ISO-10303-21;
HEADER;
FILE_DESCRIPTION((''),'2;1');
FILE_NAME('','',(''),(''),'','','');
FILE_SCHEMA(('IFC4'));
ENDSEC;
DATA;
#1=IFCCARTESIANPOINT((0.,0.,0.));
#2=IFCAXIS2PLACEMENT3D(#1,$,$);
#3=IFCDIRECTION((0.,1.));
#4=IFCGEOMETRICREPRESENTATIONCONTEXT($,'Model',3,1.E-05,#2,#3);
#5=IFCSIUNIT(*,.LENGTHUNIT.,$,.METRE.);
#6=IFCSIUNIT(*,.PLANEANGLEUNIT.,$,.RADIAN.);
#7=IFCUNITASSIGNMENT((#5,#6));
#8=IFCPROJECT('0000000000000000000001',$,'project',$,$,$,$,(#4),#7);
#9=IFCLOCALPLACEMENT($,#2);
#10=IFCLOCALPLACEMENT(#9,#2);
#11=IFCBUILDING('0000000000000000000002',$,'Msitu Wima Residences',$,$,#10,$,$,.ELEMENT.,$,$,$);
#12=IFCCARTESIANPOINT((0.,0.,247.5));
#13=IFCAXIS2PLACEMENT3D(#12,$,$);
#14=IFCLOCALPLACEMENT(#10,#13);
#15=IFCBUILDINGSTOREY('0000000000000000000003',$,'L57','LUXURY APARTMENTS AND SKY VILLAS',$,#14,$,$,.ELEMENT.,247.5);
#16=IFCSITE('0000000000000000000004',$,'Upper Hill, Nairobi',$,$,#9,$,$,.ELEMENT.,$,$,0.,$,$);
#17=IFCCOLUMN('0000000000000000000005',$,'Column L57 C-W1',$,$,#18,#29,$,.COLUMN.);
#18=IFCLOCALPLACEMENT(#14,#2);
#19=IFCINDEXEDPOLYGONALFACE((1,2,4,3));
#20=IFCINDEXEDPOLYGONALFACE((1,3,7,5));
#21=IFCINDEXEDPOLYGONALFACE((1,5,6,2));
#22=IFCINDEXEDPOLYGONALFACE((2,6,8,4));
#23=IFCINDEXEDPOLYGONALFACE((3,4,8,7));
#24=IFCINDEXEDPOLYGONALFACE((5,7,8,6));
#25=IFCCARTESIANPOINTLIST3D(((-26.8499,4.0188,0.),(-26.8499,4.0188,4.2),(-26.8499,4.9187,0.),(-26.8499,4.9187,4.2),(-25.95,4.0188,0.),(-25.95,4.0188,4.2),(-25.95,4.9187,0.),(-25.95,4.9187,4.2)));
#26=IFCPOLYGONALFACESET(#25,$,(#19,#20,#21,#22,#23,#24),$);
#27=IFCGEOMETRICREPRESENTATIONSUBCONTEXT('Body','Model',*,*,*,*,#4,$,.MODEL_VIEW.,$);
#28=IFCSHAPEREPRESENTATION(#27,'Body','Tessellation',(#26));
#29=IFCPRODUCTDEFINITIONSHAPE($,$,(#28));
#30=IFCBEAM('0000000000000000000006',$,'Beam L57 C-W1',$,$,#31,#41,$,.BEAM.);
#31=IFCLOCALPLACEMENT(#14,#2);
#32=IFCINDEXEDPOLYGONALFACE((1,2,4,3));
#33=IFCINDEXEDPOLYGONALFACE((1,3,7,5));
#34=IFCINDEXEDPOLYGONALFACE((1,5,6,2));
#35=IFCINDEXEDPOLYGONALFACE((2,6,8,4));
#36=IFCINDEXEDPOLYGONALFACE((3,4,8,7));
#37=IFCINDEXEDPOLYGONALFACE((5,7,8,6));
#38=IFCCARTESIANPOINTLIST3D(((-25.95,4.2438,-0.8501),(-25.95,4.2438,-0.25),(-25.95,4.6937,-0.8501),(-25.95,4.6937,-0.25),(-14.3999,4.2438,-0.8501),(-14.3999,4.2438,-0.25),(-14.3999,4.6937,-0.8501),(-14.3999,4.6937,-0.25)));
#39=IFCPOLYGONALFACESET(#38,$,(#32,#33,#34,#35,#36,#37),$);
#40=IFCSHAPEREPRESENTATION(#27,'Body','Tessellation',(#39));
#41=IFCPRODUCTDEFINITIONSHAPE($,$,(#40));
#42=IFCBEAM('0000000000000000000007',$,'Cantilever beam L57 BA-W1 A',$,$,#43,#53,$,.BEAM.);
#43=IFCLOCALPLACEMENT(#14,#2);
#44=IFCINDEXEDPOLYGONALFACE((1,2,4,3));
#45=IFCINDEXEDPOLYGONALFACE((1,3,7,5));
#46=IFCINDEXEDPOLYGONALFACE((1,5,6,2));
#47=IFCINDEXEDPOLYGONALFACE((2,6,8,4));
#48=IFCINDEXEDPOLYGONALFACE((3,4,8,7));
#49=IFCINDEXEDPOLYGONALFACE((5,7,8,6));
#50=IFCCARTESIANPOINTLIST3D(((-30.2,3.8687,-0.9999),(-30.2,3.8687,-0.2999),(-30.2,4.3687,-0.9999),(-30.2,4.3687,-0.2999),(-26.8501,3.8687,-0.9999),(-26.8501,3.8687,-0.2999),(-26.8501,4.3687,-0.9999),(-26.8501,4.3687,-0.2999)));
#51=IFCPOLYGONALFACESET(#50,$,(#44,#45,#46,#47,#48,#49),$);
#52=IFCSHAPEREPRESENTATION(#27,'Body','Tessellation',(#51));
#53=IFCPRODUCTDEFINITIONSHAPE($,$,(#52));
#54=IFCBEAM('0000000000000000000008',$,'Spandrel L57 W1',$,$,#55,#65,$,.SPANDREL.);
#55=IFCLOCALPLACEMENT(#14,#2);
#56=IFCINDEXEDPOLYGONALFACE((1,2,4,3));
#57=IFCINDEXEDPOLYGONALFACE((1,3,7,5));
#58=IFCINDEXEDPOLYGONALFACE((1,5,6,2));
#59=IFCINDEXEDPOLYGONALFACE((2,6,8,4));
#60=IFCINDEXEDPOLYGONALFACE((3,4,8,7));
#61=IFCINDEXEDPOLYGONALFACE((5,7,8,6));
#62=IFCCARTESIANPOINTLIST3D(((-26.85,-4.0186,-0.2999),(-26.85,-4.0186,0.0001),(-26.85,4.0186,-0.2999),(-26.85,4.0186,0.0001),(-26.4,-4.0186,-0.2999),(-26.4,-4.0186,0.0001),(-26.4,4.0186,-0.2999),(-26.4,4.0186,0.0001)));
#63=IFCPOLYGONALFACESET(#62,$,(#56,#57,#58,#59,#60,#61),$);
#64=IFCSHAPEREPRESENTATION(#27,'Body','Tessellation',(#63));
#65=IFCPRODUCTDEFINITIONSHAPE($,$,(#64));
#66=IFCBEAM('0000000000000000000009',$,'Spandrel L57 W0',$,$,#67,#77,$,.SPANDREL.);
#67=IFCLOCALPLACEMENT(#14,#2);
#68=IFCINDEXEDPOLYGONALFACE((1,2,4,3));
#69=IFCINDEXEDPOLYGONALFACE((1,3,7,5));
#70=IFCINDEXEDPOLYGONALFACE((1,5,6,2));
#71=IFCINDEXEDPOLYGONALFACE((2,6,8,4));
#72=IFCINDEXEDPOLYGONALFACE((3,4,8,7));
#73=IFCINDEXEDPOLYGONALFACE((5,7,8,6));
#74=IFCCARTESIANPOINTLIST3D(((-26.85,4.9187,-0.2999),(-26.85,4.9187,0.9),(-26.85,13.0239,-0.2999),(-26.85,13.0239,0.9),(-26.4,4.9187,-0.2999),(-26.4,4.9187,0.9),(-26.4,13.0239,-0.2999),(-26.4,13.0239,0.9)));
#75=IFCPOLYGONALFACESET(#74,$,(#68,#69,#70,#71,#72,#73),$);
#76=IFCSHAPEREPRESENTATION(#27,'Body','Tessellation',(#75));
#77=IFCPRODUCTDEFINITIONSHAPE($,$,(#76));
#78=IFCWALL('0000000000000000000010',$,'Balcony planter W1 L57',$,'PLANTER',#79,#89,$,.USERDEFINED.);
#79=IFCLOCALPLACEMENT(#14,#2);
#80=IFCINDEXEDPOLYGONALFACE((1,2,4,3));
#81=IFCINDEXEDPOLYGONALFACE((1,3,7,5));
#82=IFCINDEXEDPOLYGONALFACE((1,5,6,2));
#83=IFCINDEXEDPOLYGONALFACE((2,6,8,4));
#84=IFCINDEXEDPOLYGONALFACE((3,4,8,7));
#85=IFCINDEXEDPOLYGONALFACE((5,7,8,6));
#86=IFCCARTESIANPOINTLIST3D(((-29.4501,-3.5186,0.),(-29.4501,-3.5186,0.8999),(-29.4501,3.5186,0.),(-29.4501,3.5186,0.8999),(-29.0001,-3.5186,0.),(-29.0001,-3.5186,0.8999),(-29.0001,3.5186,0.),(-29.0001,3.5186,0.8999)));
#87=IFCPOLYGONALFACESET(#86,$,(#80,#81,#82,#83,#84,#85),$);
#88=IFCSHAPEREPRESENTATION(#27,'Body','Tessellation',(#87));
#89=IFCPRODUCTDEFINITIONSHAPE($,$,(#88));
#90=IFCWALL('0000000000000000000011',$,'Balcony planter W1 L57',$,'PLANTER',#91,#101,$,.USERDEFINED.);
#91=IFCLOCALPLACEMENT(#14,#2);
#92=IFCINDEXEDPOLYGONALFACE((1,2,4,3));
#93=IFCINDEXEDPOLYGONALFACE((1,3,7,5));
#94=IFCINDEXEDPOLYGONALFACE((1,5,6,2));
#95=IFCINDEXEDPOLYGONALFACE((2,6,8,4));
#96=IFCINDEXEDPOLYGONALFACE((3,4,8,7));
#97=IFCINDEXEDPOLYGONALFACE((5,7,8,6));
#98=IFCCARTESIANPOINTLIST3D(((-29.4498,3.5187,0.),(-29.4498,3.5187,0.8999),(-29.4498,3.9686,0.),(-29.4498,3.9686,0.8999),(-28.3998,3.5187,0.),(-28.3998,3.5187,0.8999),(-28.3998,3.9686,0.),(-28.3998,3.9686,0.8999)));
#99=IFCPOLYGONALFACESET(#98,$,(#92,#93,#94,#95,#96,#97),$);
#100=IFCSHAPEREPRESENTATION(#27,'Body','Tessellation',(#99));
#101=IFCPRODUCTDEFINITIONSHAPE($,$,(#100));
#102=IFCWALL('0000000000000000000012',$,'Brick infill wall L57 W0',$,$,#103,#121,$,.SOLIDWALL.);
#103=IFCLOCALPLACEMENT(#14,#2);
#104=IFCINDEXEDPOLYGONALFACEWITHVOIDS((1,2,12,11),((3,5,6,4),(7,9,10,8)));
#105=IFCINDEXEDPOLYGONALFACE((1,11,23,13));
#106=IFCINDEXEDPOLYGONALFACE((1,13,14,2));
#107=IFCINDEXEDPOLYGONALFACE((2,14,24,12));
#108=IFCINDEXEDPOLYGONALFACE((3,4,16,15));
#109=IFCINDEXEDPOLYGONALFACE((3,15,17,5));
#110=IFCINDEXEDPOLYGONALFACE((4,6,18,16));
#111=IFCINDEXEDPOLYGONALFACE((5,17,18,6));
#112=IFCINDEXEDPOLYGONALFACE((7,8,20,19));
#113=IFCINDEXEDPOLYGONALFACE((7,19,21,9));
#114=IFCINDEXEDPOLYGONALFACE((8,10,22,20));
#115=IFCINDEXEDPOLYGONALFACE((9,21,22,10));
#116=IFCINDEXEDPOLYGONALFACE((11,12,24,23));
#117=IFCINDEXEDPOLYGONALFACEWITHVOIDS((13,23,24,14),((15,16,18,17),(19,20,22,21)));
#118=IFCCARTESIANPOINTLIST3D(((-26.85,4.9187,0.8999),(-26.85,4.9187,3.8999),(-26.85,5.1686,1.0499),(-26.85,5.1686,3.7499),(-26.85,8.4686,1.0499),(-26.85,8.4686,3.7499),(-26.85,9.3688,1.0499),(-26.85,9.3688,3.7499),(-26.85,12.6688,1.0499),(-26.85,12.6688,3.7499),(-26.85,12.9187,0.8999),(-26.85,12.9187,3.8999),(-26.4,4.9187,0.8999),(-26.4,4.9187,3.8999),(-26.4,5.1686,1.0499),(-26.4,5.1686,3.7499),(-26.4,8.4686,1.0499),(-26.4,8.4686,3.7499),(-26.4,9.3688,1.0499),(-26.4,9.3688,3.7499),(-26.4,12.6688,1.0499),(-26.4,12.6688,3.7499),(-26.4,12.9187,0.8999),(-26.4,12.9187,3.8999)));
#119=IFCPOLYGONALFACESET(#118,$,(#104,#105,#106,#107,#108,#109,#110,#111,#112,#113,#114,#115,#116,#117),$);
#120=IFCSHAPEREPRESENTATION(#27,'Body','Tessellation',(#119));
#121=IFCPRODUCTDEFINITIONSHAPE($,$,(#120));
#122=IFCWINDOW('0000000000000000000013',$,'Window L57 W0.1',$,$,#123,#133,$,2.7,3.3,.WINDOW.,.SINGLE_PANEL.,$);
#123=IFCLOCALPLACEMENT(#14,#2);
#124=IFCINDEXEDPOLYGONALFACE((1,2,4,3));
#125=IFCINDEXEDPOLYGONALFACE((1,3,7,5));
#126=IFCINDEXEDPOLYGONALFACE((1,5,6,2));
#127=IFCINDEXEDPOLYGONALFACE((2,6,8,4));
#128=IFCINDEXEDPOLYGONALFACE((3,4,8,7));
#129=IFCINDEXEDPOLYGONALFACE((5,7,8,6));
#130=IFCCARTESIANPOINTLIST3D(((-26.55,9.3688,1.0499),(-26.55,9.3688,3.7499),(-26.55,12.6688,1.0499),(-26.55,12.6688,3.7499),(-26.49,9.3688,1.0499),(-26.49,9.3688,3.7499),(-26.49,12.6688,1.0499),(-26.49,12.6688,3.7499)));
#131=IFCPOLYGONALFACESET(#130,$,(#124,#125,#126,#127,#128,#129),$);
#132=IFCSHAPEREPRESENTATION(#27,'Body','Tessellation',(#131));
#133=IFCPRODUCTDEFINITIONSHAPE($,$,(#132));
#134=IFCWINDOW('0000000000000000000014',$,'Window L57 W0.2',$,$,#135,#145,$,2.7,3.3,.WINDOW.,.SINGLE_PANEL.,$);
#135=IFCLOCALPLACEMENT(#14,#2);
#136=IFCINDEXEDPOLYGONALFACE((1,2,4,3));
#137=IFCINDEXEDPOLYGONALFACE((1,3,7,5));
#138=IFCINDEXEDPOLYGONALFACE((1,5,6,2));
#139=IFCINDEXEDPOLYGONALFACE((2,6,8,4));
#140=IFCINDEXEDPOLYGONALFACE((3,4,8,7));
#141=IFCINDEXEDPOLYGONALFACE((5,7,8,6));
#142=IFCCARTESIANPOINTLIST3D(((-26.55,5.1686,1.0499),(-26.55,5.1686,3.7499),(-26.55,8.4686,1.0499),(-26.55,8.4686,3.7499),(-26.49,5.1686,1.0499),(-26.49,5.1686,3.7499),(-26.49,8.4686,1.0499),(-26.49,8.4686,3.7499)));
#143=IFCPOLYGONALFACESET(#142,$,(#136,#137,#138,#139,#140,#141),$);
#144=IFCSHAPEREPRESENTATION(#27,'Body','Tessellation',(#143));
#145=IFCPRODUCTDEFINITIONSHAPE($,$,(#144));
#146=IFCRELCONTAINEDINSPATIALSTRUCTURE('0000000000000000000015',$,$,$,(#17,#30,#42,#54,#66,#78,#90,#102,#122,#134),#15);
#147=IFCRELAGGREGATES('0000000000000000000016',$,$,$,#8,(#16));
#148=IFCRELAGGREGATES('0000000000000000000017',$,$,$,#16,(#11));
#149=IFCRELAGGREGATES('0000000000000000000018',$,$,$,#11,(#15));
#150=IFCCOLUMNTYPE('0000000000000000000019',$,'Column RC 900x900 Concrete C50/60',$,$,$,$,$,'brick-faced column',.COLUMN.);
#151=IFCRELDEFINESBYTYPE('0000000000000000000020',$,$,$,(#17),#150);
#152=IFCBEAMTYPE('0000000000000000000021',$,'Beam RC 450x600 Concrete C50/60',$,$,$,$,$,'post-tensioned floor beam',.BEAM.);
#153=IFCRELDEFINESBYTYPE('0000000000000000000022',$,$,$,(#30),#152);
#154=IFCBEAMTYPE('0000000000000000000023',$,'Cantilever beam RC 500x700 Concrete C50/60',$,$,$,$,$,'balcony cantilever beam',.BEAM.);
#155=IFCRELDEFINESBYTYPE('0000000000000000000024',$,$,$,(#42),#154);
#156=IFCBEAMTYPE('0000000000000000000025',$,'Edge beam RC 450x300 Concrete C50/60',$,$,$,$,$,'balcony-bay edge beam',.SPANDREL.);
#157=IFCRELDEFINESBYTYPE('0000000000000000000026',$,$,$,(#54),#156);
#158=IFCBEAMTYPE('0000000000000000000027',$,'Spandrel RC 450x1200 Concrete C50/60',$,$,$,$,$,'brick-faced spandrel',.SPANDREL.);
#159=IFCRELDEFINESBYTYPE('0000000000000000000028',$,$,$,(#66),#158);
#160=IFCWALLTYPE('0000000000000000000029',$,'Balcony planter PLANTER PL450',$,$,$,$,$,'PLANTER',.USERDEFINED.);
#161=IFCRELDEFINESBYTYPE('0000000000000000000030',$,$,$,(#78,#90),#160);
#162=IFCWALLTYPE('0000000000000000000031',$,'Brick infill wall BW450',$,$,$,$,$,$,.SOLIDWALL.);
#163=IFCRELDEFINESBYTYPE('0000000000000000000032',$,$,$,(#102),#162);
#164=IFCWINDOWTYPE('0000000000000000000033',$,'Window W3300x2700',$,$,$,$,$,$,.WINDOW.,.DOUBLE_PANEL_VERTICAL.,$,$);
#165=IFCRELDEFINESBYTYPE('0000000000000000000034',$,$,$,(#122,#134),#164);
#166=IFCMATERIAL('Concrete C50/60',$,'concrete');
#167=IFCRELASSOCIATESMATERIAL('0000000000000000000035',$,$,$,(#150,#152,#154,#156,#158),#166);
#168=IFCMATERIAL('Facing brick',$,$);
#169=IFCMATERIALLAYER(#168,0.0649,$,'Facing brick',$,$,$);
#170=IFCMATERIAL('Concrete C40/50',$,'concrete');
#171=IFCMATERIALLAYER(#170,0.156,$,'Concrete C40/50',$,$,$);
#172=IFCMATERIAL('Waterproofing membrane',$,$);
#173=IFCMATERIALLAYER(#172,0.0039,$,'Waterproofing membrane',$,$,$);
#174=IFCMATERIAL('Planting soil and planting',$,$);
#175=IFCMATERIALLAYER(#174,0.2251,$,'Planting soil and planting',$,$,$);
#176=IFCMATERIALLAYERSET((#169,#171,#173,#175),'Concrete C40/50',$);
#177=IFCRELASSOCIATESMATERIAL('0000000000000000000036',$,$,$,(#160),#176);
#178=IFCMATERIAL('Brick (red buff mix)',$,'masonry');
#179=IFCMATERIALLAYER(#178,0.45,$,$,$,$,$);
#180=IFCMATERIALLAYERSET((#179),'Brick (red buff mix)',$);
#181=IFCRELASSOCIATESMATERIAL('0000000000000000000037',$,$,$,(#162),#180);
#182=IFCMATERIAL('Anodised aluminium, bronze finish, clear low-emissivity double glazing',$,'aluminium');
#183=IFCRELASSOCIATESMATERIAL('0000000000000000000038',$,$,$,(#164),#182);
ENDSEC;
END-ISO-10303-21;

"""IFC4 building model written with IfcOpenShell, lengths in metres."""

from ifc_helpers import new_model, si_unit, direction, frame, frame_2d, origin, origin_2d, place, context, subcontext, project, spatial, rectangle, extrude, material, layer, layer_set, material_profile, profile_set, type_object, element, fill, save


model = new_model("IFC4")

# Units and contexts
model_context = context("Model", 3, precision=1e-05, world=origin(), true_north=direction((0.0, 1.0)))
body_context = subcontext(model_context, "Body", "Model", "MODEL_VIEW")
ifc_project = project(units=[si_unit("LENGTHUNIT", "METRE"), si_unit("PLANEANGLEUNIT", "RADIAN")], contexts=[model_context])

# Site, building, storey
site_placement = place(None, origin())
site = spatial("IfcSite", under=ifc_project, at=site_placement, Name="Upper Hill, Nairobi", CompositionType="ELEMENT", RefElevation=0.0)
building_placement = place(site_placement, origin())
building = spatial("IfcBuilding", under=site, at=building_placement, Name="Msitu Wima Residences", CompositionType="ELEMENT")
storey_placement = place(building_placement, frame((0.0, 0.0, 247.5)))
storey = spatial("IfcBuildingStorey", under=building, at=storey_placement, Name="L57", Description="LUXURY APARTMENTS AND SKY VILLAS", CompositionType="ELEMENT", Elevation=247.5)

# Column
ifc_material_1 = material(Name="Concrete C50/60", Category="concrete")
ifc_material_profile_1 = material_profile(ifc_material_1, rectangle(XDim=0.8999, YDim=0.8999, at=origin_2d()), Name="RC 900x900")
ifc_profile_set_1 = profile_set([ifc_material_profile_1], Name="Concrete C50/60")
column_type = type_object("IfcColumnType", Name="Column RC 900x900 Concrete C50/60", ElementType="brick-faced column", PredefinedType="COLUMN", material=ifc_profile_set_1)
column_placement = place(storey_placement, frame((-26.3999, 4.4688, 0.0), z_axis=(0.0, 0.0, 1.0), x_axis=(0.0, -1.0, 0.0)))
element("IfcColumn", 1, at=column_placement, inside=storey, type_object=column_type, Name="Column L57 C-W1", PredefinedType="COLUMN", context=body_context, shape_type="SweptSolid", body=[
    extrude(rectangle(XDim=0.8999, YDim=0.8999, at=origin_2d()), origin(), (0.0, 0.0, 1.0), 4.2),
])

# Beams
ifc_material_profile_2 = material_profile(ifc_material_1, rectangle(XDim=0.45, YDim=0.6001, at=origin_2d()), Name="RC 450x600")
ifc_profile_set_2 = profile_set([ifc_material_profile_2], Name="Concrete C50/60")
beam_type_1 = type_object("IfcBeamType", Name="Beam RC 450x600 Concrete C50/60", ElementType="post-tensioned floor beam", PredefinedType="BEAM", material=ifc_profile_set_2)
beam_1_placement = place(storey_placement, frame((-25.95, 4.4688, -0.55), z_axis=(1.0, 0.0, 0.0), x_axis=(0.0, 1.0, 0.0)))
element("IfcBeam", 2, at=beam_1_placement, inside=storey, type_object=beam_type_1, Name="Beam L57 C-W1", PredefinedType="BEAM", context=body_context, shape_type="SweptSolid", body=[
    extrude(rectangle(XDim=0.45, YDim=0.6001, at=origin_2d()), origin(), (0.0, 0.0, 1.0), 11.55),
])
ifc_material_profile_3 = material_profile(ifc_material_1, rectangle(XDim=0.5, YDim=0.7, at=origin_2d()), Name="RC 500x700")
ifc_profile_set_3 = profile_set([ifc_material_profile_3], Name="Concrete C50/60")
beam_type_2 = type_object("IfcBeamType", Name="Cantilever beam RC 500x700 Concrete C50/60", ElementType="balcony cantilever beam", PredefinedType="BEAM", material=ifc_profile_set_3)
beam_2_placement = place(storey_placement, frame((-26.8501, 4.1187, -0.6499), z_axis=(-1.0, 0.0, 0.0), x_axis=(0.0, -1.0, 0.0)))
element("IfcBeam", 3, at=beam_2_placement, inside=storey, type_object=beam_type_2, Name="Cantilever beam L57 BA-W1 A", PredefinedType="BEAM", context=body_context, shape_type="SweptSolid", body=[
    extrude(rectangle(XDim=0.5, YDim=0.7, at=origin_2d()), origin(), (0.0, 0.0, 1.0), 3.3499),
])
ifc_material_profile_4 = material_profile(ifc_material_1, rectangle(XDim=0.45, YDim=0.3, at=origin_2d()), Name="RC 450x300")
ifc_profile_set_4 = profile_set([ifc_material_profile_4], Name="Concrete C50/60")
beam_type_3 = type_object("IfcBeamType", Name="Edge beam RC 450x300 Concrete C50/60", ElementType="balcony-bay edge beam", PredefinedType="SPANDREL", material=ifc_profile_set_4)
beam_3_placement = place(storey_placement, frame((-26.625, 4.0186, -0.1499), z_axis=(0.0, -1.0, 0.0), x_axis=(1.0, 0.0, 0.0)))
element("IfcBeam", 4, at=beam_3_placement, inside=storey, type_object=beam_type_3, Name="Spandrel L57 W1", PredefinedType="SPANDREL", context=body_context, shape_type="SweptSolid", body=[
    extrude(rectangle(XDim=0.45, YDim=0.3, at=origin_2d()), origin(), (0.0, 0.0, 1.0), 8.0371),
])
ifc_material_profile_5 = material_profile(ifc_material_1, rectangle(XDim=0.45, YDim=1.2, at=origin_2d()), Name="RC 450x1200")
ifc_profile_set_5 = profile_set([ifc_material_profile_5], Name="Concrete C50/60")
beam_type_4 = type_object("IfcBeamType", Name="Spandrel RC 450x1200 Concrete C50/60", ElementType="brick-faced spandrel", PredefinedType="SPANDREL", material=ifc_profile_set_5)
beam_4_placement = place(storey_placement, frame((-26.625, 13.0239, 0.3), z_axis=(0.0, -1.0, 0.0), x_axis=(1.0, 0.0, 0.0)))
element("IfcBeam", 5, at=beam_4_placement, inside=storey, type_object=beam_type_4, Name="Spandrel L57 W0", PredefinedType="SPANDREL", context=body_context, shape_type="SweptSolid", body=[
    extrude(rectangle(XDim=0.45, YDim=1.2, at=origin_2d()), origin(), (0.0, 0.0, 1.0), 8.1052),
])

# Walls
ifc_material_2 = material(Name="Facing brick")
ifc_layer_1 = layer(ifc_material_2, 0.0649, Name="Facing brick")
ifc_material_3 = material(Name="Concrete C40/50", Category="concrete")
ifc_layer_2 = layer(ifc_material_3, 0.156, Name="Concrete C40/50")
ifc_material_4 = material(Name="Waterproofing membrane")
ifc_layer_3 = layer(ifc_material_4, 0.0039, Name="Waterproofing membrane")
ifc_material_5 = material(Name="Planting soil and planting")
ifc_layer_4 = layer(ifc_material_5, 0.2251, Name="Planting soil and planting")
ifc_layer_set_1 = layer_set([ifc_layer_1, ifc_layer_2, ifc_layer_3, ifc_layer_4], Name="Concrete C40/50")
wall_type_1 = type_object("IfcWallType", Name="Balcony planter PLANTER PL450", ElementType="PLANTER", PredefinedType="USERDEFINED", material=ifc_layer_set_1)
wall_1_placement = place(storey_placement, frame((-29.2251, 3.5186, 0.0), z_axis=(0.0, 0.0, 1.0), x_axis=(0.0, -1.0, 0.0)))
element("IfcWall", 6, at=wall_1_placement, inside=storey, type_object=wall_type_1, Name="Balcony planter W1 L57", ObjectType="PLANTER", PredefinedType="USERDEFINED", context=body_context, shape_type="SweptSolid", body=[
    extrude(rectangle(XDim=7.0371, YDim=0.45, at=frame_2d((3.5186, 0.0))), origin(), (0.0, 0.0, 1.0), 0.8999),
])
wall_2_placement = place(storey_placement, frame((-28.3999, 3.7437, 0.0), z_axis=(0.0, 0.0, 1.0), x_axis=(-1.0, 0.0, 0.0)))
element("IfcWall", 7, at=wall_2_placement, inside=storey, type_object=wall_type_1, Name="Balcony planter W1 L57", ObjectType="PLANTER", PredefinedType="USERDEFINED", context=body_context, shape_type="SweptSolid", body=[
    extrude(rectangle(XDim=1.05, YDim=0.45, at=frame_2d((0.5249, 0.0))), origin(), (0.0, 0.0, 1.0), 0.8999),
])

# Wall, openings, windows
ifc_material_6 = material(Name="Brick (red buff mix)", Category="masonry")
ifc_layer_5 = layer(ifc_material_6, 0.45)
ifc_layer_set_2 = layer_set([ifc_layer_5], Name="Brick (red buff mix)")
wall_type_2 = type_object("IfcWallType", Name="Brick infill wall BW450", PredefinedType="SOLIDWALL", material=ifc_layer_set_2)
wall_3_placement = place(storey_placement, frame((-26.625, 12.9187, 0.8999), z_axis=(0.0, 0.0, 1.0), x_axis=(0.0, -1.0, 0.0)))
wall_3 = element("IfcWall", 8, at=wall_3_placement, inside=storey, type_object=wall_type_2, Name="Brick infill wall L57 W0", PredefinedType="SOLIDWALL", context=body_context, shape_type="SweptSolid", body=[
    extrude(rectangle(XDim=8.0, YDim=0.45, at=frame_2d((4.0, 0.0))), origin(), (0.0, 0.0, 1.0), 3.0),
])
opening_1_placement = place(wall_3_placement, frame((0.25, 0.0, 0.1499)))
opening_1 = element("IfcOpeningElement", 9, at=opening_1_placement, cuts=wall_3, PredefinedType="OPENING", context=body_context, shape_type="SweptSolid", body=[
    extrude(rectangle(XDim=3.3, YDim=2.7, at=frame_2d((1.6499, 1.3501))), frame((0.0, 0.2349, 0.0), z_axis=(0.0, -1.0, 0.0), x_axis=(1.0, 0.0, 0.0)), (0.0, 0.0, 1.0), 0.47),
])
opening_2_placement = place(wall_3_placement, frame((4.4502, 0.0, 0.1499)))
opening_2 = element("IfcOpeningElement", 10, at=opening_2_placement, cuts=wall_3, PredefinedType="OPENING", context=body_context, shape_type="SweptSolid", body=[
    extrude(rectangle(XDim=3.3, YDim=2.7, at=frame_2d((1.6499, 1.3501))), frame((0.0, 0.2349, 0.0), z_axis=(0.0, -1.0, 0.0), x_axis=(1.0, 0.0, 0.0)), (0.0, 0.0, 1.0), 0.47),
])
ifc_material_7 = material(Name="Anodised aluminium, bronze finish, clear low-emissivity double glazing", Category="aluminium")
window_type = type_object("IfcWindowType", Name="Window W3300x2700", PartitioningType="DOUBLE_PANEL_VERTICAL", PredefinedType="WINDOW", material=ifc_material_7)
window_1_placement = place(opening_1_placement, origin())
window_1 = element("IfcWindow", 11, at=window_1_placement, inside=storey, type_object=window_type, Name="Window L57 W0.1", OverallHeight=2.7, OverallWidth=3.3, PartitioningType="SINGLE_PANEL", PredefinedType="WINDOW", context=body_context, shape_type="SweptSolid", body=[
    extrude(rectangle(XDim=3.3, YDim=2.7, at=frame_2d((1.6499, 1.3501))), frame((0.0, 0.135, 0.0), z_axis=(0.0, -1.0, 0.0), x_axis=(1.0, 0.0, 0.0)), (0.0, 0.0, 1.0), 0.0601),
])
fill(opening_1, window_1)
window_2_placement = place(opening_2_placement, origin())
window_2 = element("IfcWindow", 12, at=window_2_placement, inside=storey, type_object=window_type, Name="Window L57 W0.2", OverallHeight=2.7, OverallWidth=3.3, PartitioningType="SINGLE_PANEL", PredefinedType="WINDOW", context=body_context, shape_type="SweptSolid", body=[
    extrude(rectangle(XDim=3.3, YDim=2.7, at=frame_2d((1.6499, 1.3501))), frame((0.0, 0.135, 0.0), z_axis=(0.0, -1.0, 0.0), x_axis=(1.0, 0.0, 0.0)), (0.0, 0.0, 1.0), 0.0601),
])
fill(opening_2, window_2)

save(model, "model.ifc")
